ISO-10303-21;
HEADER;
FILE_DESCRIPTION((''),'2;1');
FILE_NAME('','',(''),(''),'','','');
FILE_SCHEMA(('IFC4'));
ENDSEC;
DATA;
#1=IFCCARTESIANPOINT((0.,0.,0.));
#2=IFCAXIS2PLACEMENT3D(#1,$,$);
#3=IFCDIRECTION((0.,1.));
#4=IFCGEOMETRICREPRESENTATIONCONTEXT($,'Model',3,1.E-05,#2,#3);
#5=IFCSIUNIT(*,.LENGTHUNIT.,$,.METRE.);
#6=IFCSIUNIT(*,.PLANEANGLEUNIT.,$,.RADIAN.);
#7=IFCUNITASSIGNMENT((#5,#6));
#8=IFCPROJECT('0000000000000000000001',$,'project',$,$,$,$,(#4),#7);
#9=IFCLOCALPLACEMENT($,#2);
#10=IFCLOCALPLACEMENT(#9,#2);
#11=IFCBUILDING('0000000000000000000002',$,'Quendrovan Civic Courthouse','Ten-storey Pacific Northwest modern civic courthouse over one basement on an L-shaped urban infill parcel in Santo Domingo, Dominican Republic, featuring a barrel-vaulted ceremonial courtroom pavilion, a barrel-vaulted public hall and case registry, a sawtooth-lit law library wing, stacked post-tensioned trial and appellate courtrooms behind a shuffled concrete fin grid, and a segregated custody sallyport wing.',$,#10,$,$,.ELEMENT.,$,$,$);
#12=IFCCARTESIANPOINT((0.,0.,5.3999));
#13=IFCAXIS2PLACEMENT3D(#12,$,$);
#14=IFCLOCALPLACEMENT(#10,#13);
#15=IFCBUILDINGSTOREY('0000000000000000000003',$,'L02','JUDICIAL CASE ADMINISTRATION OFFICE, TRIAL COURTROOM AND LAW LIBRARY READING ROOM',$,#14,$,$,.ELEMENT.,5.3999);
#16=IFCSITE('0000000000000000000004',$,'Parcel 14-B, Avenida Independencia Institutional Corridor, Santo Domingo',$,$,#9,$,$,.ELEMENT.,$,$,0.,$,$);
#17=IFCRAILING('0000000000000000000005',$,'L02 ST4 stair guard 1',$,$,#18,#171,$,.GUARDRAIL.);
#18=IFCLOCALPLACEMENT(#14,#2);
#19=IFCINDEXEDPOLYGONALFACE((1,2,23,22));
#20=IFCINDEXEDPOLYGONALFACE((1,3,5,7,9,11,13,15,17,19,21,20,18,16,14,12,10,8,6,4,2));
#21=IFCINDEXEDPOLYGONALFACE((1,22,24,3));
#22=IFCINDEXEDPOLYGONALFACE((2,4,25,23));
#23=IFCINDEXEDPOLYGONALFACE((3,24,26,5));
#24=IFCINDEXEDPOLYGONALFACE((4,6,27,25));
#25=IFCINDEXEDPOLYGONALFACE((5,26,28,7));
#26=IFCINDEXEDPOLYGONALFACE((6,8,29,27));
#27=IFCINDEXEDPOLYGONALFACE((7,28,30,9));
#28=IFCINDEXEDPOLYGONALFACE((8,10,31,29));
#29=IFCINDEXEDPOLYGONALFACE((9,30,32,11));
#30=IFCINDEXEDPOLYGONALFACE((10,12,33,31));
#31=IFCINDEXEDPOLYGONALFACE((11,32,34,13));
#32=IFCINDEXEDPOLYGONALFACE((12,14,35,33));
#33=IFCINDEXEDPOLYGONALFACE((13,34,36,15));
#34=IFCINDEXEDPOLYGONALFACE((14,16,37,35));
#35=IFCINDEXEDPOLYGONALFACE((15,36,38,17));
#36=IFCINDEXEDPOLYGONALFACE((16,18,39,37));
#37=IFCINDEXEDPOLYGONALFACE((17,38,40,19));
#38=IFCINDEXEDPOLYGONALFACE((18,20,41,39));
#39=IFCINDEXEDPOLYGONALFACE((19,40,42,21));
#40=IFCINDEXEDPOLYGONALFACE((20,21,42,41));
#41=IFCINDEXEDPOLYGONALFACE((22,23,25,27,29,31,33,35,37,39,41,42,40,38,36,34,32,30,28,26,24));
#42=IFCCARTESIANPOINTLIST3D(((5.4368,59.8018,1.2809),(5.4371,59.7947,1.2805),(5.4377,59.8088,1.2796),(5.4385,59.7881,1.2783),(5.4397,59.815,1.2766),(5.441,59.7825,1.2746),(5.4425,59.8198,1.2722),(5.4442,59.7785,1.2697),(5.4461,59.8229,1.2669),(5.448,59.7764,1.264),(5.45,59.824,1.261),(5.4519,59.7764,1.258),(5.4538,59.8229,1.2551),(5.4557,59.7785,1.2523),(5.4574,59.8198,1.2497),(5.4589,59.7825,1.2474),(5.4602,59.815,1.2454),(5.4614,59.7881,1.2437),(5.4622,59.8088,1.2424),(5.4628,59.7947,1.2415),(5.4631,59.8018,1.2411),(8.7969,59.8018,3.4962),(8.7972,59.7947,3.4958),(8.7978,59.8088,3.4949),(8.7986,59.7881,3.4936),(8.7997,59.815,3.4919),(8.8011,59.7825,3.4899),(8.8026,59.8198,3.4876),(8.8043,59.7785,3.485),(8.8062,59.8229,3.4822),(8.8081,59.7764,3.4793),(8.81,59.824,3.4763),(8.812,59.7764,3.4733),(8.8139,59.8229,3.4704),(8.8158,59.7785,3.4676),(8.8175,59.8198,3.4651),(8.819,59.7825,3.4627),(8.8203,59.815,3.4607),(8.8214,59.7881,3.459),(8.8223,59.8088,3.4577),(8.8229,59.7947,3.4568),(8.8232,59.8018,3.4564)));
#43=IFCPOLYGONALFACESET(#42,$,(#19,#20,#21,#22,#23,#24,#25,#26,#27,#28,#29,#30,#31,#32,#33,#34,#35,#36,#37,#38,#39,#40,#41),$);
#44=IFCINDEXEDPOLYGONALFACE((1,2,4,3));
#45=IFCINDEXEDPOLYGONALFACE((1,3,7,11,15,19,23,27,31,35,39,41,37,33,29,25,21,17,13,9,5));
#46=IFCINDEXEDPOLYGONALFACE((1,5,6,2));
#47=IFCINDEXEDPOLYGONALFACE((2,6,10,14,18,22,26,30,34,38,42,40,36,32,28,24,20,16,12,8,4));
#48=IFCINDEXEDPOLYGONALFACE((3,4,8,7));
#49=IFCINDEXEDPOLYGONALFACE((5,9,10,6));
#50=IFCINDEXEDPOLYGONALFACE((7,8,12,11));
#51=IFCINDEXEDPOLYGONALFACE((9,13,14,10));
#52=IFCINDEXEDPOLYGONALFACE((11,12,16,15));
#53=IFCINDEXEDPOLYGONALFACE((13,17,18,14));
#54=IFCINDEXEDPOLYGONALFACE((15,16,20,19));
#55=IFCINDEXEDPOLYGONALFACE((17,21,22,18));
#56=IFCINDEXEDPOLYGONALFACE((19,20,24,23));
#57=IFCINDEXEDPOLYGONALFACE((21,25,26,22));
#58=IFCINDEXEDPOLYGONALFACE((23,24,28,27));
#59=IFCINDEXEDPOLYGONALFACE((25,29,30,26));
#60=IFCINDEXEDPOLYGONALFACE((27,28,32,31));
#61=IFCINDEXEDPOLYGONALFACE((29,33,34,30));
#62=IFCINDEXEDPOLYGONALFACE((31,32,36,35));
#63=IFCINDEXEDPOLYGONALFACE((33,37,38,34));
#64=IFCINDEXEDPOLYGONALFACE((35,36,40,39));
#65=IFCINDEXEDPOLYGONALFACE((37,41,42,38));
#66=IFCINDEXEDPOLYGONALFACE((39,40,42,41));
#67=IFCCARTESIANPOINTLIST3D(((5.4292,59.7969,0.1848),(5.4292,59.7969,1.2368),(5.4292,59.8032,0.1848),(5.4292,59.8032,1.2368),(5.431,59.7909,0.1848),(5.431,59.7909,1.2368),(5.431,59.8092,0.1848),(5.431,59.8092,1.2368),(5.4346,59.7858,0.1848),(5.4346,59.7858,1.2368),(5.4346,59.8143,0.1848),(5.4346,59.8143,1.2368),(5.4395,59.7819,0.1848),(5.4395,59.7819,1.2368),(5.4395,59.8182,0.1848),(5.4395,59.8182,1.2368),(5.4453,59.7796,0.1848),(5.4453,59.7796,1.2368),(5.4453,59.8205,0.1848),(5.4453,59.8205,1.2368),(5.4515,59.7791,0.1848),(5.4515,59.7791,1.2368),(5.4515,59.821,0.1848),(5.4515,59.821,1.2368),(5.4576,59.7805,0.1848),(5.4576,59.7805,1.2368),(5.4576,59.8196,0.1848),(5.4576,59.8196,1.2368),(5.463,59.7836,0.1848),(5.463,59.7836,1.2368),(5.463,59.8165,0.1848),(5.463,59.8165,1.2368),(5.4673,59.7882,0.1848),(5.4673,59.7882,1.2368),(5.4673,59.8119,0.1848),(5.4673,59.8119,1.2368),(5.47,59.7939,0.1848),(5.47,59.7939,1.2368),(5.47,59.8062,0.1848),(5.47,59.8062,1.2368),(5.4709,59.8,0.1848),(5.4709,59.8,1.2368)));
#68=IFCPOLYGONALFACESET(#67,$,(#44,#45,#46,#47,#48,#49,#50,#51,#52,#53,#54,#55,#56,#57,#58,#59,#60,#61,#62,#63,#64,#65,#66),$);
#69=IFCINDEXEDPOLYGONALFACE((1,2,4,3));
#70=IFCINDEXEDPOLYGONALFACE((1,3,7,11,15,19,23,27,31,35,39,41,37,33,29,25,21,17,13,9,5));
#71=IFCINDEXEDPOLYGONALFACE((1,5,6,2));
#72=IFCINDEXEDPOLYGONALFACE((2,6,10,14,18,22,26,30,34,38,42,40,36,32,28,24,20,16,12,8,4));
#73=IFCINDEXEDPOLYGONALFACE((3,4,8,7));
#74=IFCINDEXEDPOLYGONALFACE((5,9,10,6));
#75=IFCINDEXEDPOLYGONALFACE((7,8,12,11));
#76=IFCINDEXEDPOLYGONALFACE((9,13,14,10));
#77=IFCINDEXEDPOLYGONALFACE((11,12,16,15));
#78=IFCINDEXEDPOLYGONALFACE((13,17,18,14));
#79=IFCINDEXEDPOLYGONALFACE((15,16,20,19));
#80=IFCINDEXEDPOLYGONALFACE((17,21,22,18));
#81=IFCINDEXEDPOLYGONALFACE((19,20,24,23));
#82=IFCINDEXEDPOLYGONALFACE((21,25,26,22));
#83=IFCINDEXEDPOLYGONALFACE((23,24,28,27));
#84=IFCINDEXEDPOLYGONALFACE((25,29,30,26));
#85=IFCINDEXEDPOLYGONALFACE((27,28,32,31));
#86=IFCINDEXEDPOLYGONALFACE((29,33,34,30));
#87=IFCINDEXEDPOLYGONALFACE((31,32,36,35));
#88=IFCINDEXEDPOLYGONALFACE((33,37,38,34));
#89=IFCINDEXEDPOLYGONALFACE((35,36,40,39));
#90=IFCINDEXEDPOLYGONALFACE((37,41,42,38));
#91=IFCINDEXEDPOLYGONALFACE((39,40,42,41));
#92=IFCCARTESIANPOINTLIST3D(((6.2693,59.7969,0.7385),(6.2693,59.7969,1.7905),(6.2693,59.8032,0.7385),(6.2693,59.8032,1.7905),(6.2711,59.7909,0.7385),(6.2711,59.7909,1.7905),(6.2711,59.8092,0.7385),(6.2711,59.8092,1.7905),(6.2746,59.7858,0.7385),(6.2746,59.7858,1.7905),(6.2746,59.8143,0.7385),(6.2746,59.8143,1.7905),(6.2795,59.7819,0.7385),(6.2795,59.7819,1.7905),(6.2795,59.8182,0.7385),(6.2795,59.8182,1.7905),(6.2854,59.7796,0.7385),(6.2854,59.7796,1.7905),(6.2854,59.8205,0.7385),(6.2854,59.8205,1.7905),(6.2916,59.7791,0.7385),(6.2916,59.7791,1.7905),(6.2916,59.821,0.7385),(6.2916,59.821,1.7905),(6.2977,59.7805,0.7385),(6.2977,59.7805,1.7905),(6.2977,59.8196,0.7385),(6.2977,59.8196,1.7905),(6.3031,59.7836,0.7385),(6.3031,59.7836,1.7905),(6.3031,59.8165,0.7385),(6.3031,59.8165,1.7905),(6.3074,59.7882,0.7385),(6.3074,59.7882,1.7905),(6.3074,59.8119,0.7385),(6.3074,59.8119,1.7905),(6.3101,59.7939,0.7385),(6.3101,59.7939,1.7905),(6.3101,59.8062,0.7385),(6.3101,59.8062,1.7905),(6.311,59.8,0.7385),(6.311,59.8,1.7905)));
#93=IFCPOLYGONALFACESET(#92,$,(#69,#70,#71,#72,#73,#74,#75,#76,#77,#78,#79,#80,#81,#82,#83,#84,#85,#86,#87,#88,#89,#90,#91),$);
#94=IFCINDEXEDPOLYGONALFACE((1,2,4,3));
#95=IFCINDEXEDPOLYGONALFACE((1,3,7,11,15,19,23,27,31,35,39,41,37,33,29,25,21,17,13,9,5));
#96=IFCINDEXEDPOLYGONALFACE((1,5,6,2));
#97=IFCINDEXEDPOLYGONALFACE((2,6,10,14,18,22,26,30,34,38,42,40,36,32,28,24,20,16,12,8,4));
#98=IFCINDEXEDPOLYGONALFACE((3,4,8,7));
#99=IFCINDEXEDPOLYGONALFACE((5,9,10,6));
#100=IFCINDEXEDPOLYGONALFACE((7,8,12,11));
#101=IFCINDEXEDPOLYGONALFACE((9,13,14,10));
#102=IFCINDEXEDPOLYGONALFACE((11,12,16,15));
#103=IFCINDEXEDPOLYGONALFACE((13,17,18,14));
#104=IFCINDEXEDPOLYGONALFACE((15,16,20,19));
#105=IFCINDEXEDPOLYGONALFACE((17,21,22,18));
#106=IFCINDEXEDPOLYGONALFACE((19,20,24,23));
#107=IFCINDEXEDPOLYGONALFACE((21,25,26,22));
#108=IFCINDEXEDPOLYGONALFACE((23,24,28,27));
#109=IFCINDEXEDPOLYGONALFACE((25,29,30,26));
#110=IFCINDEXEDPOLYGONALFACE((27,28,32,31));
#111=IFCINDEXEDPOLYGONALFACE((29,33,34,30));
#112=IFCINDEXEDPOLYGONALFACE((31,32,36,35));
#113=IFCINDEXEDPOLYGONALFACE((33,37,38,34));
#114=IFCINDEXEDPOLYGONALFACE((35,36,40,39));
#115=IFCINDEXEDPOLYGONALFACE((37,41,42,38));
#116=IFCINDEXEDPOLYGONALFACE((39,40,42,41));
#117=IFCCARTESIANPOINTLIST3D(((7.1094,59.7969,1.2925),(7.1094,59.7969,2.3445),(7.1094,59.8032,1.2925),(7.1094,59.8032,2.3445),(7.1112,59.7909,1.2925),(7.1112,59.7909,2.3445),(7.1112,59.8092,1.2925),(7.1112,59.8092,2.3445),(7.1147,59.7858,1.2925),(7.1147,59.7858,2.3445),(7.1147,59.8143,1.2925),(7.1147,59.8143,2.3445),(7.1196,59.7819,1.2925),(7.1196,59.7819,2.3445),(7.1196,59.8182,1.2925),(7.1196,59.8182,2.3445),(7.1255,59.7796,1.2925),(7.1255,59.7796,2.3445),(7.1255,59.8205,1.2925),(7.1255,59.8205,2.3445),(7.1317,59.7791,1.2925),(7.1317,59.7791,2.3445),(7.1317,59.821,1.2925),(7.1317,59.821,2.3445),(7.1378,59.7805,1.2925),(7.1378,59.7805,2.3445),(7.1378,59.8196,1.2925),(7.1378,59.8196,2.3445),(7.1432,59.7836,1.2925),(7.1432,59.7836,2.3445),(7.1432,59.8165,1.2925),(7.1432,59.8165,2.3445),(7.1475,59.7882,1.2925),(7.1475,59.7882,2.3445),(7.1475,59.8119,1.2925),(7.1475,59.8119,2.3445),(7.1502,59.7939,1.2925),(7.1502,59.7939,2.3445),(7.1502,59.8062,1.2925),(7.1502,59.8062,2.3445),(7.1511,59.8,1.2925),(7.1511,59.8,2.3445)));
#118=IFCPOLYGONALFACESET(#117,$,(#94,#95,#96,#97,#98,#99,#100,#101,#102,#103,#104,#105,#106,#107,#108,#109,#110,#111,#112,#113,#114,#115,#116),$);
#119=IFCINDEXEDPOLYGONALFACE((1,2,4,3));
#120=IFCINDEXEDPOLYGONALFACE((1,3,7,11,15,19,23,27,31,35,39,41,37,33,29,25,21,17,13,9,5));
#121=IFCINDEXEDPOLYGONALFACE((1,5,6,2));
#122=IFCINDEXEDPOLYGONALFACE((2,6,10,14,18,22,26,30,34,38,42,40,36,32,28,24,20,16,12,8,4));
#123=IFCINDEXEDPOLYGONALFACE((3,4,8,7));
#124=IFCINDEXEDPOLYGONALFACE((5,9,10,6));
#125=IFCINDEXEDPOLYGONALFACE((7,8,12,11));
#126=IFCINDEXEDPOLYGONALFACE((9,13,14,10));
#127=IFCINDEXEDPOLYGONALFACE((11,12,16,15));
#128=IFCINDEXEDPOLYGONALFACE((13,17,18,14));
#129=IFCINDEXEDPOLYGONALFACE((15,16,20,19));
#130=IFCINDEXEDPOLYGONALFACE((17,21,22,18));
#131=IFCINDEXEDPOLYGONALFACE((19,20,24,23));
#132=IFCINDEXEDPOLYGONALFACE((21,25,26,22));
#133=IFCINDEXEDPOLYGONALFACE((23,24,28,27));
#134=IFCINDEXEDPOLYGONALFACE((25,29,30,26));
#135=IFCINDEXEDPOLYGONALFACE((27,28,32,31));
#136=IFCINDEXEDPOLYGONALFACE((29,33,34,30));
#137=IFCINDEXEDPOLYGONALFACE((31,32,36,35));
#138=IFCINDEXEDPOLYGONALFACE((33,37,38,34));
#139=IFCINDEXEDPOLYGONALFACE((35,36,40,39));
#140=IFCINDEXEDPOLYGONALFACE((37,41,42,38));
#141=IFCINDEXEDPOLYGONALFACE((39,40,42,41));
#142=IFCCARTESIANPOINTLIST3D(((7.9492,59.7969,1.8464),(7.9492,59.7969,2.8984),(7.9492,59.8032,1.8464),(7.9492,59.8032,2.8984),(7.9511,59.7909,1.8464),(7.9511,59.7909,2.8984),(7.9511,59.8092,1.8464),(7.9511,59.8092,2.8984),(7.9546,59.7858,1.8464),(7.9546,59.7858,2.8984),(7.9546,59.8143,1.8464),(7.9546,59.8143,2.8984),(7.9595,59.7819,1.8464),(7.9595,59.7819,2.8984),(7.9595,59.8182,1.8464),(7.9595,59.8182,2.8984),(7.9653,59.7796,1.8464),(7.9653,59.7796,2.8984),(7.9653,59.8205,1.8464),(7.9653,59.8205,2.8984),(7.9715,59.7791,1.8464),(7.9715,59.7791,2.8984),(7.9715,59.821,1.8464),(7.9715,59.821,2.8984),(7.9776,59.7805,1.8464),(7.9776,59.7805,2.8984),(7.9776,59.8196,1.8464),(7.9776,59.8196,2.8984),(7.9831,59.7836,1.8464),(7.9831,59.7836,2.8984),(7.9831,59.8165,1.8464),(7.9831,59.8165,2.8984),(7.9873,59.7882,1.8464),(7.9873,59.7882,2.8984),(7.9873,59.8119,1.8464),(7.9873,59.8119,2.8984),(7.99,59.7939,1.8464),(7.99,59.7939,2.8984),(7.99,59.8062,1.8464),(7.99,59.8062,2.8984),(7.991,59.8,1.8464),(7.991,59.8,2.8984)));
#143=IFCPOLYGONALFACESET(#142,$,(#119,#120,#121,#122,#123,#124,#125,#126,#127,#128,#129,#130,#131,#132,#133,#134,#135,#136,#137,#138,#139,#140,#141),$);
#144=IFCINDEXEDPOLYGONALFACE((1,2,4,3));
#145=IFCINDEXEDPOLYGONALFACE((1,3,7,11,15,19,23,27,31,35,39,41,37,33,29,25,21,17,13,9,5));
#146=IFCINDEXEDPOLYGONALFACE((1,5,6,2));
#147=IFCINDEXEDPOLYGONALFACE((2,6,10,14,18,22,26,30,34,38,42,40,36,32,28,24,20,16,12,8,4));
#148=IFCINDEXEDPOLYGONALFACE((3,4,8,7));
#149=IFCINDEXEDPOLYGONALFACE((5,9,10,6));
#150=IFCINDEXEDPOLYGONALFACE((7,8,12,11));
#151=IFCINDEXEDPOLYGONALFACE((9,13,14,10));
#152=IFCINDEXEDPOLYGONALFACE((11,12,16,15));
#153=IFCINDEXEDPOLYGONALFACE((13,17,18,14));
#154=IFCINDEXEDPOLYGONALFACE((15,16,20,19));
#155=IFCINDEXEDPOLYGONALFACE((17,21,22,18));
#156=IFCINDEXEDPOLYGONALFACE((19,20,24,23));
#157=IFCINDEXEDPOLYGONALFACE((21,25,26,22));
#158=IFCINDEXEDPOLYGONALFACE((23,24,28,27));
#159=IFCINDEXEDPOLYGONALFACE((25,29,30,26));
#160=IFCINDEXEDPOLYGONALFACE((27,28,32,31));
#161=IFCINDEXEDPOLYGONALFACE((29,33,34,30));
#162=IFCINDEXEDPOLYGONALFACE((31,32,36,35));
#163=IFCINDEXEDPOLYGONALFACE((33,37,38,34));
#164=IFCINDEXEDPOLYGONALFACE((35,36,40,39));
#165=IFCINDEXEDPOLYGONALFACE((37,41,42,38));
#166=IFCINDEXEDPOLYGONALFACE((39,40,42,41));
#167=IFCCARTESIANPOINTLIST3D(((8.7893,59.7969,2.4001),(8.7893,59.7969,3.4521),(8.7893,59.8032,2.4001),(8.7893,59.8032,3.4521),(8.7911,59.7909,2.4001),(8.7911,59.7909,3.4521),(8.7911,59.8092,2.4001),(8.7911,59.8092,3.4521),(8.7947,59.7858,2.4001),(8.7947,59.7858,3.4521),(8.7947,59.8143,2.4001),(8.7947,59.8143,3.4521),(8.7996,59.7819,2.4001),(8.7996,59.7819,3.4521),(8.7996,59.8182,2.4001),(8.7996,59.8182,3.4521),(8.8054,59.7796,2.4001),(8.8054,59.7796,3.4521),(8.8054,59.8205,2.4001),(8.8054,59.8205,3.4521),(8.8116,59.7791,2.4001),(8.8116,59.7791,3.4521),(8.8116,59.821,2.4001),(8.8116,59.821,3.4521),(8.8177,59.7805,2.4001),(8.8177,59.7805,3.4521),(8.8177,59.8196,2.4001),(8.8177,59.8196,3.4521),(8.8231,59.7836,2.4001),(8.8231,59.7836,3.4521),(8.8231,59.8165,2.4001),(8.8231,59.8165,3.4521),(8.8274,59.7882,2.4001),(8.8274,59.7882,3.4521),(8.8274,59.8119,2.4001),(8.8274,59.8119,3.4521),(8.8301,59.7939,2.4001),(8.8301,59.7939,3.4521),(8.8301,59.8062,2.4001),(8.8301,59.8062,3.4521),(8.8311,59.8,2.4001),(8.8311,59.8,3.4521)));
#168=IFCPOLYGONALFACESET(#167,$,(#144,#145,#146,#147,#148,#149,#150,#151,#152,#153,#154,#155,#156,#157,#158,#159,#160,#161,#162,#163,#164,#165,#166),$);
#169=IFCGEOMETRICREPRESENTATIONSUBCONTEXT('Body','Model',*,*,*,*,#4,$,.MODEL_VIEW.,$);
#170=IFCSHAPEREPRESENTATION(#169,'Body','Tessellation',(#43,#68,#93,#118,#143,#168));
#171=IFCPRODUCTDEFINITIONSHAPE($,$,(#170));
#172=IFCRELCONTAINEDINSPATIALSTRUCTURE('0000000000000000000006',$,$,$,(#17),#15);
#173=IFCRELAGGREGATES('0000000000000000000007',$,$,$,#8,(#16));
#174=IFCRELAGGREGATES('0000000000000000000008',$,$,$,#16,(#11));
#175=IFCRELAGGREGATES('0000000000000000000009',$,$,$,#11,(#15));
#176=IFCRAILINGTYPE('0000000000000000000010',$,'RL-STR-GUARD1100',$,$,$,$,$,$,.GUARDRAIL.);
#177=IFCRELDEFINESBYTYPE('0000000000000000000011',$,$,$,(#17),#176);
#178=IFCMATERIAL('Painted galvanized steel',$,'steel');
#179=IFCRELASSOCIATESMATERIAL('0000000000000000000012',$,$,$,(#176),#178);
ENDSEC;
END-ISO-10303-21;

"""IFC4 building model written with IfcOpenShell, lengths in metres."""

from ifc_helpers import new_model, si_unit, direction, frame, origin, origin_2d, place, context, subcontext, project, spatial, circle, extrude, material, type_object, element, save


model = new_model("IFC4")

# Units and contexts
model_context = context("Model", 3, precision=1e-05, world=origin(), true_north=direction((0.0, 1.0)))
body_context = subcontext(model_context, "Body", "Model", "MODEL_VIEW")
ifc_project = project(units=[si_unit("LENGTHUNIT", "METRE"), si_unit("PLANEANGLEUNIT", "RADIAN")], contexts=[model_context])

# Site, building, storey
site_placement = place(None, origin())
site = spatial("IfcSite", under=ifc_project, at=site_placement, Name="Parcel 14-B, Avenida Independencia Institutional Corridor, Santo Domingo", CompositionType="ELEMENT", RefElevation=0.0)
building_placement = place(site_placement, origin())
building = spatial("IfcBuilding", under=site, at=building_placement, Name="Quendrovan Civic Courthouse", Description="Ten-storey Pacific Northwest modern civic courthouse over one basement on an L-shaped urban infill parcel in Santo Domingo, Dominican Republic, featuring a barrel-vaulted ceremonial courtroom pavilion, a barrel-vaulted public hall and case registry, a sawtooth-lit law library wing, stacked post-tensioned trial and appellate courtrooms behind a shuffled concrete fin grid, and a segregated custody sallyport wing.", CompositionType="ELEMENT")
storey_placement = place(building_placement, frame((0.0, 0.0, 5.3999)))
storey = spatial("IfcBuildingStorey", under=building, at=storey_placement, Name="L02", Description="JUDICIAL CASE ADMINISTRATION OFFICE, TRIAL COURTROOM AND LAW LIBRARY READING ROOM", CompositionType="ELEMENT", Elevation=5.3999)

# Railing
ifc_material_1 = material(Name="Painted galvanized steel", Category="steel")
railing_type_1 = type_object("IfcRailingType", Name="RL-STR-GUARD1100", PredefinedType="GUARDRAIL", material=ifc_material_1)
railing_1_placement = place(storey_placement, frame((5.45, 59.8, 0.1848)))
element("IfcRailing", 1, at=railing_1_placement, inside=storey, type_object=railing_type_1, Name="L02 ST4 stair guard 1", PredefinedType="GUARDRAIL", context=body_context, shape_type="SweptSolid", body=[
    extrude(circle(Radius=0.0239, at=origin_2d()), frame((0.0, 0.0, 1.0762), z_axis=(0.834876, 0.0, 0.550437), x_axis=(0.0, 1.0, 0.0)), (0.0, 0.0, 1.0), 4.0247),
    extrude(circle(Radius=0.021, at=origin_2d()), origin(), (0.0, 0.0, 1.0), 1.052),
    extrude(circle(Radius=0.021, at=origin_2d()), frame((0.8401, 0.0, 0.5537)), (0.0, 0.0, 1.0), 1.052),
    extrude(circle(Radius=0.021, at=origin_2d()), frame((1.6802, 0.0, 1.1077)), (0.0, 0.0, 1.0), 1.052),
    extrude(circle(Radius=0.021, at=origin_2d()), frame((2.52, 0.0, 1.6616)), (0.0, 0.0, 1.0), 1.052),
    extrude(circle(Radius=0.021, at=origin_2d()), frame((3.3601, 0.0, 2.2153)), (0.0, 0.0, 1.0), 1.052),
])

save(model, "model.ifc")
